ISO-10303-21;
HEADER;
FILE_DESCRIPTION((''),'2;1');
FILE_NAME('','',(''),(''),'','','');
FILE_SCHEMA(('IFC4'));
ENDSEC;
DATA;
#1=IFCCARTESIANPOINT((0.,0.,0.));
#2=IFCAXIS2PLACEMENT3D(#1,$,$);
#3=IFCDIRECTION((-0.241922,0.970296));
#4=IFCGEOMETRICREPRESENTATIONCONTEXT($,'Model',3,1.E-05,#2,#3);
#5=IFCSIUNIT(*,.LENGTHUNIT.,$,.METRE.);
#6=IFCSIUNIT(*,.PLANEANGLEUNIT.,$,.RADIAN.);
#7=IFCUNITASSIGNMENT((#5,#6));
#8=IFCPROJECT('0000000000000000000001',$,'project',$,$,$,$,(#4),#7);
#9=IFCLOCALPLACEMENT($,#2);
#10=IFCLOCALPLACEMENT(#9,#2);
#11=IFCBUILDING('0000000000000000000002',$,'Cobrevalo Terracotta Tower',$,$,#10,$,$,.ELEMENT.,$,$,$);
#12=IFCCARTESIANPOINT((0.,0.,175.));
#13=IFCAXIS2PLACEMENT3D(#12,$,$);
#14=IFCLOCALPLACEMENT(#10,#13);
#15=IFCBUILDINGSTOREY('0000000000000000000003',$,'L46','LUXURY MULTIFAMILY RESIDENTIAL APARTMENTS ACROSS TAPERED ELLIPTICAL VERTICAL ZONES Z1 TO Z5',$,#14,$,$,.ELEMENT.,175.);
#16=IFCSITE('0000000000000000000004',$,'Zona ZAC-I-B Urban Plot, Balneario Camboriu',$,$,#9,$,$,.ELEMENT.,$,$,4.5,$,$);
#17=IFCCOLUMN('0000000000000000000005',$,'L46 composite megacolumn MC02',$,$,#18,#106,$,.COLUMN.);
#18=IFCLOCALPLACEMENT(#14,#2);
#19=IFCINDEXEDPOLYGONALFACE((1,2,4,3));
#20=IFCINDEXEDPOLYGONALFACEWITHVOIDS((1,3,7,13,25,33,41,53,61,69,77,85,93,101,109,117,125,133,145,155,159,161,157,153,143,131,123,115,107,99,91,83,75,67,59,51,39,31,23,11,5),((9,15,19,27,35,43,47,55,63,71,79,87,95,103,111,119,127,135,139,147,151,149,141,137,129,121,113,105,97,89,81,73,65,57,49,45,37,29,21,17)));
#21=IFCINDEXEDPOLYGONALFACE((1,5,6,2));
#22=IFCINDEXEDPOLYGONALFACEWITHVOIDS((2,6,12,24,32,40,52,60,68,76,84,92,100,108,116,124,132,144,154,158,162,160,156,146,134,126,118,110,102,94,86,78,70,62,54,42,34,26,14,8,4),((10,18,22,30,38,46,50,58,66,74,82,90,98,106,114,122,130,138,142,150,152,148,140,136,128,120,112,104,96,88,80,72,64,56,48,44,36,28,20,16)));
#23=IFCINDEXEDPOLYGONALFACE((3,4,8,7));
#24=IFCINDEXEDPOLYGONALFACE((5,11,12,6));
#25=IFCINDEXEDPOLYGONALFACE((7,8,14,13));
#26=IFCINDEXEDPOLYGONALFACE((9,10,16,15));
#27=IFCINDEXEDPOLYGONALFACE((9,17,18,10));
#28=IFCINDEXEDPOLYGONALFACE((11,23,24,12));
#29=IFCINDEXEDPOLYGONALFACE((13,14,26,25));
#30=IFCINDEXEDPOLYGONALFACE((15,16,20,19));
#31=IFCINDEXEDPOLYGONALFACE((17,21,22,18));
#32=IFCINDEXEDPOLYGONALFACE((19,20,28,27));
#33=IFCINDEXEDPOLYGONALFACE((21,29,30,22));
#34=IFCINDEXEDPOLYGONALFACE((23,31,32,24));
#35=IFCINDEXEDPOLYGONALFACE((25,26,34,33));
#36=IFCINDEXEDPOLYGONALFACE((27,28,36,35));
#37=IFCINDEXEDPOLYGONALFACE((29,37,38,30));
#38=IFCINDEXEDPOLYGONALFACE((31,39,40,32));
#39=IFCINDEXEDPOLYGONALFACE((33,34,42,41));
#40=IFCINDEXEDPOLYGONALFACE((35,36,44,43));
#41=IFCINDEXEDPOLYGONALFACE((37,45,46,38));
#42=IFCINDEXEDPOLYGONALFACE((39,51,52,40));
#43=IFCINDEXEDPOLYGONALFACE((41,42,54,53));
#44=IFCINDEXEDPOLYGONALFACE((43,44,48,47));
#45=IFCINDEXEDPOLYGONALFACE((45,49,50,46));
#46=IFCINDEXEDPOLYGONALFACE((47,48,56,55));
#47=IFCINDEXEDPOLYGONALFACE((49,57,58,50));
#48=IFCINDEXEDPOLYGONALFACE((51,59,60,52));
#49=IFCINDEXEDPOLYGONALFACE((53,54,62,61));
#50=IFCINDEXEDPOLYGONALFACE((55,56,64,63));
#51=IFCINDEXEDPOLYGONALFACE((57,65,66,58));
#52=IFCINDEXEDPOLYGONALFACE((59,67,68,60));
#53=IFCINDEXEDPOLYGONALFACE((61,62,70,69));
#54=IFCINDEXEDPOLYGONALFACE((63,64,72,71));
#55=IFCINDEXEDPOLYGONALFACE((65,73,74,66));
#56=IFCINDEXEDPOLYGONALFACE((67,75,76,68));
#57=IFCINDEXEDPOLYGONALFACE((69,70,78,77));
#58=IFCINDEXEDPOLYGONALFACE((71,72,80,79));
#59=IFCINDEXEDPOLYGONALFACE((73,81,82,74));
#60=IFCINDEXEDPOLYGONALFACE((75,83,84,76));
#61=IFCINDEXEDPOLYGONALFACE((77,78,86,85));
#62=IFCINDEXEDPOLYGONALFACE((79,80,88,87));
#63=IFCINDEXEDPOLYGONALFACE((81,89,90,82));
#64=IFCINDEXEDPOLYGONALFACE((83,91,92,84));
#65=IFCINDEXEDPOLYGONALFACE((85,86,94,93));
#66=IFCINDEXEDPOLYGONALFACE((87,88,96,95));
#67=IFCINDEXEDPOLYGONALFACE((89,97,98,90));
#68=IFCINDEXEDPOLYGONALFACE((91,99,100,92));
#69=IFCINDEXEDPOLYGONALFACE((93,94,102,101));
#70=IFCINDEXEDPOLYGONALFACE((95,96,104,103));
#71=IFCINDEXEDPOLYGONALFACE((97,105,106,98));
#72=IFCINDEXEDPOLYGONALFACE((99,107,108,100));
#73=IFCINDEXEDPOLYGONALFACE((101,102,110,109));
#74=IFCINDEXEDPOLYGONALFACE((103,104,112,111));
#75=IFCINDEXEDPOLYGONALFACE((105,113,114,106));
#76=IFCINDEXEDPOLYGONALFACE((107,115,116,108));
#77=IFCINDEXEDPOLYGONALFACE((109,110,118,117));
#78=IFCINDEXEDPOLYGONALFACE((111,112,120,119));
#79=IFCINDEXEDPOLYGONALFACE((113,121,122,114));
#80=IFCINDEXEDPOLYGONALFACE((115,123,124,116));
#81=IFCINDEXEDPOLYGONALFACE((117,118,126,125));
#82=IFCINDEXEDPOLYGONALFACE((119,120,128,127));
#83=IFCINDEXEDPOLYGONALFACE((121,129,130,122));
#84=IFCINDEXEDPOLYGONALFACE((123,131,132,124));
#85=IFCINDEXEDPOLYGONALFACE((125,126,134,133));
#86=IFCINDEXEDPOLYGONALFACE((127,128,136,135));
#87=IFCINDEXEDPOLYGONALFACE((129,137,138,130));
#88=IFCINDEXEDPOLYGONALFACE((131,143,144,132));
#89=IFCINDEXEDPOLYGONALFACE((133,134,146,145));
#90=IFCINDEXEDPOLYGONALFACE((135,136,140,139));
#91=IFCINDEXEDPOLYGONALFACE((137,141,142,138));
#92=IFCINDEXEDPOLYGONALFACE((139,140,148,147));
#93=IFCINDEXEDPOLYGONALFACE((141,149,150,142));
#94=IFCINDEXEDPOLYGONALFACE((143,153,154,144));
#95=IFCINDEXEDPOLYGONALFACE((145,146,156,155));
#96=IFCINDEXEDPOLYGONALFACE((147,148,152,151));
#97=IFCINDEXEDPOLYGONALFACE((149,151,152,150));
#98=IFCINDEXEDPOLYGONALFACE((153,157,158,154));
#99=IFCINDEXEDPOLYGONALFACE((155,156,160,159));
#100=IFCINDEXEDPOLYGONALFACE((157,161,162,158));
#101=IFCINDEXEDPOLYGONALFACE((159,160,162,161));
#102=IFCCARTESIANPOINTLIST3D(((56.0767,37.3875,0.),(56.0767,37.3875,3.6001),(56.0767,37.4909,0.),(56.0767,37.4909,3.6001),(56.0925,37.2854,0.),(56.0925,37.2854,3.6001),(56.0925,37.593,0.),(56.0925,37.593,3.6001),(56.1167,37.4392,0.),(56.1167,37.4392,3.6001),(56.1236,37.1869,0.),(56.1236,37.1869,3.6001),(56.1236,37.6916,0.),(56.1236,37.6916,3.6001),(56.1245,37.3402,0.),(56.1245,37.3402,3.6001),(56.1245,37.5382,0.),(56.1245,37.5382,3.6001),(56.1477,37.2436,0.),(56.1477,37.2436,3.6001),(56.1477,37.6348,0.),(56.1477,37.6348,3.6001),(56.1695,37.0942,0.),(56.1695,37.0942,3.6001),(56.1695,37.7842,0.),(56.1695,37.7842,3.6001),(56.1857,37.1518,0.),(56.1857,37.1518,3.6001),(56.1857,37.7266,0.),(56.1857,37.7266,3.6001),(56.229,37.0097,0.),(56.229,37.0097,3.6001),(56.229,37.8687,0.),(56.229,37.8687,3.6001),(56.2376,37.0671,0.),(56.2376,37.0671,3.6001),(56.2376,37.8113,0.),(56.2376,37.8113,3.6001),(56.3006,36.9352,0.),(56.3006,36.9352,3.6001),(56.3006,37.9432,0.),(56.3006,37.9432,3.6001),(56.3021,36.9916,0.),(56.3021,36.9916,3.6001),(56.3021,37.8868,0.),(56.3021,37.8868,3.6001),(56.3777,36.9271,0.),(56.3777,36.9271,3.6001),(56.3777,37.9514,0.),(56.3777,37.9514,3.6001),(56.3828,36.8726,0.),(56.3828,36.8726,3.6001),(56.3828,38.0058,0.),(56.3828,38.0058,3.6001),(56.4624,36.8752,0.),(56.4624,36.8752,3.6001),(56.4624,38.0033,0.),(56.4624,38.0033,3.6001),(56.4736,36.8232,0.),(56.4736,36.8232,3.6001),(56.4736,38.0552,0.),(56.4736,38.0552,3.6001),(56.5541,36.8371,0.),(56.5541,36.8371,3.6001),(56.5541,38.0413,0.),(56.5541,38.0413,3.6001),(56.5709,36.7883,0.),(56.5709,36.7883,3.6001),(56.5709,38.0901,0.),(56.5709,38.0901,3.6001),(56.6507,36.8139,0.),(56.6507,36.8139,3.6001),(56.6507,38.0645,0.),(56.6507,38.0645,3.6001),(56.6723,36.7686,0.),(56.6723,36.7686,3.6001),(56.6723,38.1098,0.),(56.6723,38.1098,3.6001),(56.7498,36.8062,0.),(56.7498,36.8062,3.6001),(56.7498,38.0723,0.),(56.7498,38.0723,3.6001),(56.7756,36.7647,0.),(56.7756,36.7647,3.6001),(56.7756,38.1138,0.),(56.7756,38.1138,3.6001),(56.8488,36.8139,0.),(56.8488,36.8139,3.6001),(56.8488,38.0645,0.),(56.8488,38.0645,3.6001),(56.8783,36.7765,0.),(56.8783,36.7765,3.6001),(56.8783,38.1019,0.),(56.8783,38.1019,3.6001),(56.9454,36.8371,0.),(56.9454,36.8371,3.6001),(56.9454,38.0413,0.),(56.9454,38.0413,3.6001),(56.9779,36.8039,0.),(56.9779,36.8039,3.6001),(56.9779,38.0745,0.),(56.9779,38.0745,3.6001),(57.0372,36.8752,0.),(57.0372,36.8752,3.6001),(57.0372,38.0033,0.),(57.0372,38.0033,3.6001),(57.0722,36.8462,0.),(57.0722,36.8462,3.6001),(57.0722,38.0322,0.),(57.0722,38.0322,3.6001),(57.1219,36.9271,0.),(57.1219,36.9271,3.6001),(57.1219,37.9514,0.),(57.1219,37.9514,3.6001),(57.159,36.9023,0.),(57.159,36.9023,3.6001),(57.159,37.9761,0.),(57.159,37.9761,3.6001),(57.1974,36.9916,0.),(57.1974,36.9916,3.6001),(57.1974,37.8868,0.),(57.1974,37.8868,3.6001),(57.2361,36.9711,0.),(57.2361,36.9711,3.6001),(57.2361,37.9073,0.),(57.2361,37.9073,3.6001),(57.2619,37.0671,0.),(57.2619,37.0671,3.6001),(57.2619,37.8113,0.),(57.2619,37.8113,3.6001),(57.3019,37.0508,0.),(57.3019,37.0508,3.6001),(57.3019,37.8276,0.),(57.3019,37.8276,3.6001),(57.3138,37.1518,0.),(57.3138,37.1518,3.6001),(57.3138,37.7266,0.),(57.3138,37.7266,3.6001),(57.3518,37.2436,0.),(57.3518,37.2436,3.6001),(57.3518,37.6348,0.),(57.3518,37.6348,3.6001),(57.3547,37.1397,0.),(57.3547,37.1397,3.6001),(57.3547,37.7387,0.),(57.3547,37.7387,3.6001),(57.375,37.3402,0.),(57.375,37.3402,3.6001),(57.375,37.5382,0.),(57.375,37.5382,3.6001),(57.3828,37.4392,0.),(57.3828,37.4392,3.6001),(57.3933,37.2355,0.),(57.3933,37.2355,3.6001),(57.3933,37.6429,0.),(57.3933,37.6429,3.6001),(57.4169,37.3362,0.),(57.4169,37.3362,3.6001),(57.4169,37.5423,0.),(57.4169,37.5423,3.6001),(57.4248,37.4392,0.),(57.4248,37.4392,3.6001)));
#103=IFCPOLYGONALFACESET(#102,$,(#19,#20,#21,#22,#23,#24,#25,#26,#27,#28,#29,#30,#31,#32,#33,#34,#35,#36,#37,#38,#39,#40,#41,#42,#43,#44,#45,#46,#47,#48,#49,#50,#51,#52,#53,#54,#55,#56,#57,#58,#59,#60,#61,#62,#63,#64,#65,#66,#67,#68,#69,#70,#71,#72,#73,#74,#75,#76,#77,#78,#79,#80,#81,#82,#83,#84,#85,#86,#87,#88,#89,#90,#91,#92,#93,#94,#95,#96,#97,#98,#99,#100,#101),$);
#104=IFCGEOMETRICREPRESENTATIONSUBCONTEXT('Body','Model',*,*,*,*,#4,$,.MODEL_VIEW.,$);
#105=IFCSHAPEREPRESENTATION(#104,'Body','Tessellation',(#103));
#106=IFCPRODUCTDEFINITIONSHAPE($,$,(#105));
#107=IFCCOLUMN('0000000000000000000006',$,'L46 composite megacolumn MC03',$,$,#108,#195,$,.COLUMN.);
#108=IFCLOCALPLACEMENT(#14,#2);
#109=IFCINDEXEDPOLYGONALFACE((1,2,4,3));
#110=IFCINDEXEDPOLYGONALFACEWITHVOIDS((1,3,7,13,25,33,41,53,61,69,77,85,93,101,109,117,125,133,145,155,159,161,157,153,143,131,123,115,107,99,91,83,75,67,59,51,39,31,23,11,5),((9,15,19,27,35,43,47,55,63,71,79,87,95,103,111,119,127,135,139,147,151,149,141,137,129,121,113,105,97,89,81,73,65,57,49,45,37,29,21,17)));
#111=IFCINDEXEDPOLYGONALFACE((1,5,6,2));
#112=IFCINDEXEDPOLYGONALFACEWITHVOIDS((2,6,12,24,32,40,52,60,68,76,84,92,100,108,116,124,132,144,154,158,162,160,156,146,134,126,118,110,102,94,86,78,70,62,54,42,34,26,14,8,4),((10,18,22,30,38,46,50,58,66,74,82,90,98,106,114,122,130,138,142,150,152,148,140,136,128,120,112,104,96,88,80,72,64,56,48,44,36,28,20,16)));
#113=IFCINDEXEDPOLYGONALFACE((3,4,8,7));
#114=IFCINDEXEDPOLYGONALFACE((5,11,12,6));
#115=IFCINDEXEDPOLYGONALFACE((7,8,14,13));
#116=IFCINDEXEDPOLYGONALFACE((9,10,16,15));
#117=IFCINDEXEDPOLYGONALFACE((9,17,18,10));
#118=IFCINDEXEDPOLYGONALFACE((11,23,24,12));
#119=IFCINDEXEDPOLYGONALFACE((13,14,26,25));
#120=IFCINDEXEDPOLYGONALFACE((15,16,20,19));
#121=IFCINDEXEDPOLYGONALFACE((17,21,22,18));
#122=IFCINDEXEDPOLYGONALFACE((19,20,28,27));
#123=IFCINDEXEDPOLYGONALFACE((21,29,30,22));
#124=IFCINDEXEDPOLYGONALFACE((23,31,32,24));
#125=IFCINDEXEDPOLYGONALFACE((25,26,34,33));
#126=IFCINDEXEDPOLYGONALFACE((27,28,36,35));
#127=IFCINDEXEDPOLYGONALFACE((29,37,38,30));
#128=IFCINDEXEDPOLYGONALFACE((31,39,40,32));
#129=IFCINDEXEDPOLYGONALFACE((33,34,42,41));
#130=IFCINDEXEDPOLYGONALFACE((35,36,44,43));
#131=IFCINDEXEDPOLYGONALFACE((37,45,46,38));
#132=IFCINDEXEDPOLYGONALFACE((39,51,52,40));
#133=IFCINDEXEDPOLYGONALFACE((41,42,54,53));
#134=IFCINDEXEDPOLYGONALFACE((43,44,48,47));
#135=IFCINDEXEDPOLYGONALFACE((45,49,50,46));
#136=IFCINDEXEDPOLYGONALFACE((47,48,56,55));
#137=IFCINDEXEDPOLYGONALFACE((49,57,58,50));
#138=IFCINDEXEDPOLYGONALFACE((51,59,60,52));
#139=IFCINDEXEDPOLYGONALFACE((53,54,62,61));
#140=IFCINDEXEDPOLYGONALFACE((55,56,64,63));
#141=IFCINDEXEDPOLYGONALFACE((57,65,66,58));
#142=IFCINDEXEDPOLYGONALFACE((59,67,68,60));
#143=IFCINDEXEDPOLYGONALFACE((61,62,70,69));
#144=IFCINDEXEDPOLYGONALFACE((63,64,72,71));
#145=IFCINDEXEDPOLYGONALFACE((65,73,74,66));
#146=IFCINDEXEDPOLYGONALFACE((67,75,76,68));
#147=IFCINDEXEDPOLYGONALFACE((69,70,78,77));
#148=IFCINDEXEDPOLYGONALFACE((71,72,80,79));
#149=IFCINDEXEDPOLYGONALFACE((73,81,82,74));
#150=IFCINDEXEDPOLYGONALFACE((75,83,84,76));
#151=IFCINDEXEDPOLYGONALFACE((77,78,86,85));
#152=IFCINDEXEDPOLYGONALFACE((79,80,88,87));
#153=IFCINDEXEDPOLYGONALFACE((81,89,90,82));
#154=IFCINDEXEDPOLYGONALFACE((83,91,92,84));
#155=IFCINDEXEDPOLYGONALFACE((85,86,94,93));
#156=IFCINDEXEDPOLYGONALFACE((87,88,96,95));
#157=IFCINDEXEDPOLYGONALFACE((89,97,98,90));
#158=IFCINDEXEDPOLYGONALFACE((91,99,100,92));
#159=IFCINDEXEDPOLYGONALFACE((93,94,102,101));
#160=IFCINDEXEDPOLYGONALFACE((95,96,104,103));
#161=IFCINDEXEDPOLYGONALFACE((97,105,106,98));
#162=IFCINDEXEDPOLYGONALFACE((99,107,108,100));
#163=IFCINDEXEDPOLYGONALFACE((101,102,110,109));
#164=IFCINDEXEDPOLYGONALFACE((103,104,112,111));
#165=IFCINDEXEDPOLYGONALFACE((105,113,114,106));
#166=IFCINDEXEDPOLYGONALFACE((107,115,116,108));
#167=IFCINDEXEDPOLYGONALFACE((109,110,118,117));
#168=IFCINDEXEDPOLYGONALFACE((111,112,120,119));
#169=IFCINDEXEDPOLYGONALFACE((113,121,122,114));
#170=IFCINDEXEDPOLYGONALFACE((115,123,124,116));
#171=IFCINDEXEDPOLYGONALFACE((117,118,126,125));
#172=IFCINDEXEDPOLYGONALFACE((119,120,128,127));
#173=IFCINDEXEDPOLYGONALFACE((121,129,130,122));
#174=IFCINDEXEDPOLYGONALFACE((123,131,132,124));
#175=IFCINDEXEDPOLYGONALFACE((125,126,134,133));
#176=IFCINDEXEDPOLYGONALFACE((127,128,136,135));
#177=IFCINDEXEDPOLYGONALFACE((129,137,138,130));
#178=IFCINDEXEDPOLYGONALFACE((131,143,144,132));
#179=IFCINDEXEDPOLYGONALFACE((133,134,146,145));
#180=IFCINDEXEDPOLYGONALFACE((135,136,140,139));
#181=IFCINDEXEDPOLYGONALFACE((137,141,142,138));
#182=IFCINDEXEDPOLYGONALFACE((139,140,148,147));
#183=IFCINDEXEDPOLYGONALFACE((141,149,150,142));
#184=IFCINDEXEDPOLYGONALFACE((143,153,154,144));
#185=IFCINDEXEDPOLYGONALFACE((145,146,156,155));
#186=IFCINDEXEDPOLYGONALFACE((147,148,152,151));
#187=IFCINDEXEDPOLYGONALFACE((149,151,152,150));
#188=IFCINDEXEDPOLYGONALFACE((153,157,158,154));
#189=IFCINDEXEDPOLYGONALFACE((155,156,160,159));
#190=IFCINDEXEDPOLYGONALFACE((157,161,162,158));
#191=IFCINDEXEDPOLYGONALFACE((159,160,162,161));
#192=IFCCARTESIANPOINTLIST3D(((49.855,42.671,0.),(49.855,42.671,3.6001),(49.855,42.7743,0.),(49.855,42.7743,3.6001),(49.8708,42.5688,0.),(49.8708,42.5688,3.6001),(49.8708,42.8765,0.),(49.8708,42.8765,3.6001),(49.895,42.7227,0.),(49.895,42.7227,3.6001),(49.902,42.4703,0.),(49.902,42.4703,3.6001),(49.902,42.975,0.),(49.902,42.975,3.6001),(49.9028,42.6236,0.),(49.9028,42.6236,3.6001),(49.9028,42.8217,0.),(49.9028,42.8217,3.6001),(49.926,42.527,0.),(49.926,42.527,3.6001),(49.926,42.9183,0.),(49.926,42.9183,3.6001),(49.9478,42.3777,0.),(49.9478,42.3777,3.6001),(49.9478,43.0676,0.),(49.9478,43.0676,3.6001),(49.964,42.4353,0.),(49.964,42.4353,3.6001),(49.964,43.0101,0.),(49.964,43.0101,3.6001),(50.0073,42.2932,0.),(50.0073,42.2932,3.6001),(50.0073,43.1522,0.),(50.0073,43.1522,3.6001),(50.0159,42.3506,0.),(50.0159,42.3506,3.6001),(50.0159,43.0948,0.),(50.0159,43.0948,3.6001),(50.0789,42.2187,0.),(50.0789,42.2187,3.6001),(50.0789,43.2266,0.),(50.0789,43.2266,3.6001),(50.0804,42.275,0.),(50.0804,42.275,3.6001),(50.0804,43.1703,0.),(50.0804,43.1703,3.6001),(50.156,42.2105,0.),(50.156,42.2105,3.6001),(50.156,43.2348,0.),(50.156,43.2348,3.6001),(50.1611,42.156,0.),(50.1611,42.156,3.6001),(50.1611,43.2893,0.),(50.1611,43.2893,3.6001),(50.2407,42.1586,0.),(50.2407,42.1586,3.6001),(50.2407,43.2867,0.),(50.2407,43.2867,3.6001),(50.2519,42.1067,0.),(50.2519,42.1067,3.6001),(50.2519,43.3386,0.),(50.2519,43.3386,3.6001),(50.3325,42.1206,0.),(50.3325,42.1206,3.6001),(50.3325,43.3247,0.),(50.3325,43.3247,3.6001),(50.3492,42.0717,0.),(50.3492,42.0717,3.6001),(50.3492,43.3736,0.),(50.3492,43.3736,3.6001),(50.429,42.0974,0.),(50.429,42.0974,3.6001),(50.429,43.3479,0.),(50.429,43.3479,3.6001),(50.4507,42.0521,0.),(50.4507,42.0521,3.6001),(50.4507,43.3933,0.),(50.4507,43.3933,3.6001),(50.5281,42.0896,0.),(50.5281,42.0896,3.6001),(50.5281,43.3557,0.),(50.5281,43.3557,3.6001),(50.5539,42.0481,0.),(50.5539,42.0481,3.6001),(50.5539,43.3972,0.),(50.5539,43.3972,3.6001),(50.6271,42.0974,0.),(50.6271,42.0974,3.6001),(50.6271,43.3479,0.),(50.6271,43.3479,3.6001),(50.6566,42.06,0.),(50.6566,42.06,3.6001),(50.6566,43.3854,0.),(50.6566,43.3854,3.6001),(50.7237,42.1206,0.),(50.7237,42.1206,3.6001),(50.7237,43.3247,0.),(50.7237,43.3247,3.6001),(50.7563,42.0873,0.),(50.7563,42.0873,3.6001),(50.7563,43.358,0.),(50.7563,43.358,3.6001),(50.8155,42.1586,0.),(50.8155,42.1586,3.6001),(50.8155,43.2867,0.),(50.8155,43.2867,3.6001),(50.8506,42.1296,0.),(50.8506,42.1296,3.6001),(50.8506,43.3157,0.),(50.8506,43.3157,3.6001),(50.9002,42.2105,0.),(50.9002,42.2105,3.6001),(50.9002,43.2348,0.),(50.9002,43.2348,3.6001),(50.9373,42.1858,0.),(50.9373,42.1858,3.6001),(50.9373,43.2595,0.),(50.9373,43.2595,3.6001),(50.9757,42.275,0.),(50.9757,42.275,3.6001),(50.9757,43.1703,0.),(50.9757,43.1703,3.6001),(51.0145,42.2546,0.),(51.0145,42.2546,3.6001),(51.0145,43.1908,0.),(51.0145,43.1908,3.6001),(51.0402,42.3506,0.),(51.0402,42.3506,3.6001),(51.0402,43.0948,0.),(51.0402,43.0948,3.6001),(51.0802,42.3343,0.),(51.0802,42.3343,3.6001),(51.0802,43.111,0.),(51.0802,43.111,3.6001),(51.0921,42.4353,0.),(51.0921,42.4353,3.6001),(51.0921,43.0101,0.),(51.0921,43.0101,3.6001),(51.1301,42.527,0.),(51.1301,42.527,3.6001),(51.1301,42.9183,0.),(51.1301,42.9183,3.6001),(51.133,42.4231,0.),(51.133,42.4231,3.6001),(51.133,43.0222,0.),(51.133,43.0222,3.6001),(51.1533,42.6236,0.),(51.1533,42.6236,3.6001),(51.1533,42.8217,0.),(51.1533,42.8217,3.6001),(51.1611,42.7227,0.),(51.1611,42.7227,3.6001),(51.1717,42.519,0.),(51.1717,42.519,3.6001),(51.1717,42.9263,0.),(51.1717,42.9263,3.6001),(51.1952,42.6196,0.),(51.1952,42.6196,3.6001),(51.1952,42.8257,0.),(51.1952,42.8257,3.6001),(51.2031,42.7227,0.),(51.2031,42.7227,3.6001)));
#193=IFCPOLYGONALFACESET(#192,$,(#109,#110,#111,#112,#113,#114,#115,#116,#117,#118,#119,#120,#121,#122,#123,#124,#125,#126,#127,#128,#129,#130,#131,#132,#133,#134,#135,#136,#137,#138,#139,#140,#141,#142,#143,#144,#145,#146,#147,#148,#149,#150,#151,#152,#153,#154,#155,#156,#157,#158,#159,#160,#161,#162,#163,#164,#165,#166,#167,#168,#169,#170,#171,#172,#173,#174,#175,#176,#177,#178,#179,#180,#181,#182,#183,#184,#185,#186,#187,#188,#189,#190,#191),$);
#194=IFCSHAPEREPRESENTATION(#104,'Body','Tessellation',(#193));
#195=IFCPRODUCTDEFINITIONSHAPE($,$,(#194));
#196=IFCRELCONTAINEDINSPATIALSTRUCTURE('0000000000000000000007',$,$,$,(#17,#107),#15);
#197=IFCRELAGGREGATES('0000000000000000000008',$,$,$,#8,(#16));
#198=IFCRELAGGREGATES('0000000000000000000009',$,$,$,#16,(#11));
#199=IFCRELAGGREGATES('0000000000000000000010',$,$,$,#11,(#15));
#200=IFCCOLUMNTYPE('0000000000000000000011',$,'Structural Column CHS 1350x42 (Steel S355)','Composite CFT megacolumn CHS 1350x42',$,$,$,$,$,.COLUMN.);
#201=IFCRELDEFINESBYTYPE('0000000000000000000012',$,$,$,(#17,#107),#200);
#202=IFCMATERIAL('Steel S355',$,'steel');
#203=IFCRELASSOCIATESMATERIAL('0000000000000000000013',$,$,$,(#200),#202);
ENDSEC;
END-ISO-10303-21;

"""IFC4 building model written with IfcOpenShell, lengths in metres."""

from ifc_helpers import new_model, si_unit, direction, frame, origin, origin_2d, place, context, subcontext, project, spatial, hollow_circle, extrude, material, material_profile, profile_set, type_object, element, save


model = new_model("IFC4")

# Units and contexts
model_context = context("Model", 3, precision=1e-05, world=origin(), true_north=direction((-0.241922, 0.970296)))
body_context = subcontext(model_context, "Body", "Model", "MODEL_VIEW")
ifc_project = project(units=[si_unit("LENGTHUNIT", "METRE"), si_unit("PLANEANGLEUNIT", "RADIAN")], contexts=[model_context])

# Site, building, storey
site_placement = place(None, origin())
site = spatial("IfcSite", under=ifc_project, at=site_placement, Name="Zona ZAC-I-B Urban Plot, Balneario Camboriu", CompositionType="ELEMENT", RefElevation=4.5)
building_placement = place(site_placement, origin())
building = spatial("IfcBuilding", under=site, at=building_placement, Name="Cobrevalo Terracotta Tower", CompositionType="ELEMENT")
storey_placement = place(building_placement, frame((0.0, 0.0, 175.0)))
storey = spatial("IfcBuildingStorey", under=building, at=storey_placement, Name="L46", Description="LUXURY MULTIFAMILY RESIDENTIAL APARTMENTS ACROSS TAPERED ELLIPTICAL VERTICAL ZONES Z1 TO Z5", CompositionType="ELEMENT", Elevation=175.0)

# Columns
ifc_material_1 = material(Name="Steel S355", Category="steel")
ifc_material_profile_1 = material_profile(ifc_material_1, hollow_circle(Radius=0.675, WallThickness=0.042, at=origin_2d()), Name="CHS 1350x42")
ifc_profile_set_1 = profile_set([ifc_material_profile_1], Name="Steel S355")
column_type = type_object("IfcColumnType", Name="Structural Column CHS 1350x42 (Steel S355)", Description="Composite CFT megacolumn CHS 1350x42", PredefinedType="COLUMN", material=ifc_profile_set_1)
for number, where, z_axis, x_axis, name in (
    (1, (56.7498, 37.4392, 0.0), (0.0, 0.0, 1.0), (1.0, 0.0, 0.0), "L46 composite megacolumn MC02"),
    (2, (50.5281, 42.7227, 0.0), (0.0, 0.0, 1.0), (1.0, 0.0, 0.0), "L46 composite megacolumn MC03"),
):
    element("IfcColumn", number, at=place(storey_placement, frame(where, z_axis=z_axis, x_axis=x_axis)), inside=storey, type_object=column_type, Name=name, PredefinedType="COLUMN", context=body_context, shape_type="SweptSolid", body=[
        extrude(hollow_circle(Radius=0.675, WallThickness=0.042, at=origin_2d()), origin(), (0.0, 0.0, 1.0), 3.6001),
    ])

save(model, "model.ifc")
